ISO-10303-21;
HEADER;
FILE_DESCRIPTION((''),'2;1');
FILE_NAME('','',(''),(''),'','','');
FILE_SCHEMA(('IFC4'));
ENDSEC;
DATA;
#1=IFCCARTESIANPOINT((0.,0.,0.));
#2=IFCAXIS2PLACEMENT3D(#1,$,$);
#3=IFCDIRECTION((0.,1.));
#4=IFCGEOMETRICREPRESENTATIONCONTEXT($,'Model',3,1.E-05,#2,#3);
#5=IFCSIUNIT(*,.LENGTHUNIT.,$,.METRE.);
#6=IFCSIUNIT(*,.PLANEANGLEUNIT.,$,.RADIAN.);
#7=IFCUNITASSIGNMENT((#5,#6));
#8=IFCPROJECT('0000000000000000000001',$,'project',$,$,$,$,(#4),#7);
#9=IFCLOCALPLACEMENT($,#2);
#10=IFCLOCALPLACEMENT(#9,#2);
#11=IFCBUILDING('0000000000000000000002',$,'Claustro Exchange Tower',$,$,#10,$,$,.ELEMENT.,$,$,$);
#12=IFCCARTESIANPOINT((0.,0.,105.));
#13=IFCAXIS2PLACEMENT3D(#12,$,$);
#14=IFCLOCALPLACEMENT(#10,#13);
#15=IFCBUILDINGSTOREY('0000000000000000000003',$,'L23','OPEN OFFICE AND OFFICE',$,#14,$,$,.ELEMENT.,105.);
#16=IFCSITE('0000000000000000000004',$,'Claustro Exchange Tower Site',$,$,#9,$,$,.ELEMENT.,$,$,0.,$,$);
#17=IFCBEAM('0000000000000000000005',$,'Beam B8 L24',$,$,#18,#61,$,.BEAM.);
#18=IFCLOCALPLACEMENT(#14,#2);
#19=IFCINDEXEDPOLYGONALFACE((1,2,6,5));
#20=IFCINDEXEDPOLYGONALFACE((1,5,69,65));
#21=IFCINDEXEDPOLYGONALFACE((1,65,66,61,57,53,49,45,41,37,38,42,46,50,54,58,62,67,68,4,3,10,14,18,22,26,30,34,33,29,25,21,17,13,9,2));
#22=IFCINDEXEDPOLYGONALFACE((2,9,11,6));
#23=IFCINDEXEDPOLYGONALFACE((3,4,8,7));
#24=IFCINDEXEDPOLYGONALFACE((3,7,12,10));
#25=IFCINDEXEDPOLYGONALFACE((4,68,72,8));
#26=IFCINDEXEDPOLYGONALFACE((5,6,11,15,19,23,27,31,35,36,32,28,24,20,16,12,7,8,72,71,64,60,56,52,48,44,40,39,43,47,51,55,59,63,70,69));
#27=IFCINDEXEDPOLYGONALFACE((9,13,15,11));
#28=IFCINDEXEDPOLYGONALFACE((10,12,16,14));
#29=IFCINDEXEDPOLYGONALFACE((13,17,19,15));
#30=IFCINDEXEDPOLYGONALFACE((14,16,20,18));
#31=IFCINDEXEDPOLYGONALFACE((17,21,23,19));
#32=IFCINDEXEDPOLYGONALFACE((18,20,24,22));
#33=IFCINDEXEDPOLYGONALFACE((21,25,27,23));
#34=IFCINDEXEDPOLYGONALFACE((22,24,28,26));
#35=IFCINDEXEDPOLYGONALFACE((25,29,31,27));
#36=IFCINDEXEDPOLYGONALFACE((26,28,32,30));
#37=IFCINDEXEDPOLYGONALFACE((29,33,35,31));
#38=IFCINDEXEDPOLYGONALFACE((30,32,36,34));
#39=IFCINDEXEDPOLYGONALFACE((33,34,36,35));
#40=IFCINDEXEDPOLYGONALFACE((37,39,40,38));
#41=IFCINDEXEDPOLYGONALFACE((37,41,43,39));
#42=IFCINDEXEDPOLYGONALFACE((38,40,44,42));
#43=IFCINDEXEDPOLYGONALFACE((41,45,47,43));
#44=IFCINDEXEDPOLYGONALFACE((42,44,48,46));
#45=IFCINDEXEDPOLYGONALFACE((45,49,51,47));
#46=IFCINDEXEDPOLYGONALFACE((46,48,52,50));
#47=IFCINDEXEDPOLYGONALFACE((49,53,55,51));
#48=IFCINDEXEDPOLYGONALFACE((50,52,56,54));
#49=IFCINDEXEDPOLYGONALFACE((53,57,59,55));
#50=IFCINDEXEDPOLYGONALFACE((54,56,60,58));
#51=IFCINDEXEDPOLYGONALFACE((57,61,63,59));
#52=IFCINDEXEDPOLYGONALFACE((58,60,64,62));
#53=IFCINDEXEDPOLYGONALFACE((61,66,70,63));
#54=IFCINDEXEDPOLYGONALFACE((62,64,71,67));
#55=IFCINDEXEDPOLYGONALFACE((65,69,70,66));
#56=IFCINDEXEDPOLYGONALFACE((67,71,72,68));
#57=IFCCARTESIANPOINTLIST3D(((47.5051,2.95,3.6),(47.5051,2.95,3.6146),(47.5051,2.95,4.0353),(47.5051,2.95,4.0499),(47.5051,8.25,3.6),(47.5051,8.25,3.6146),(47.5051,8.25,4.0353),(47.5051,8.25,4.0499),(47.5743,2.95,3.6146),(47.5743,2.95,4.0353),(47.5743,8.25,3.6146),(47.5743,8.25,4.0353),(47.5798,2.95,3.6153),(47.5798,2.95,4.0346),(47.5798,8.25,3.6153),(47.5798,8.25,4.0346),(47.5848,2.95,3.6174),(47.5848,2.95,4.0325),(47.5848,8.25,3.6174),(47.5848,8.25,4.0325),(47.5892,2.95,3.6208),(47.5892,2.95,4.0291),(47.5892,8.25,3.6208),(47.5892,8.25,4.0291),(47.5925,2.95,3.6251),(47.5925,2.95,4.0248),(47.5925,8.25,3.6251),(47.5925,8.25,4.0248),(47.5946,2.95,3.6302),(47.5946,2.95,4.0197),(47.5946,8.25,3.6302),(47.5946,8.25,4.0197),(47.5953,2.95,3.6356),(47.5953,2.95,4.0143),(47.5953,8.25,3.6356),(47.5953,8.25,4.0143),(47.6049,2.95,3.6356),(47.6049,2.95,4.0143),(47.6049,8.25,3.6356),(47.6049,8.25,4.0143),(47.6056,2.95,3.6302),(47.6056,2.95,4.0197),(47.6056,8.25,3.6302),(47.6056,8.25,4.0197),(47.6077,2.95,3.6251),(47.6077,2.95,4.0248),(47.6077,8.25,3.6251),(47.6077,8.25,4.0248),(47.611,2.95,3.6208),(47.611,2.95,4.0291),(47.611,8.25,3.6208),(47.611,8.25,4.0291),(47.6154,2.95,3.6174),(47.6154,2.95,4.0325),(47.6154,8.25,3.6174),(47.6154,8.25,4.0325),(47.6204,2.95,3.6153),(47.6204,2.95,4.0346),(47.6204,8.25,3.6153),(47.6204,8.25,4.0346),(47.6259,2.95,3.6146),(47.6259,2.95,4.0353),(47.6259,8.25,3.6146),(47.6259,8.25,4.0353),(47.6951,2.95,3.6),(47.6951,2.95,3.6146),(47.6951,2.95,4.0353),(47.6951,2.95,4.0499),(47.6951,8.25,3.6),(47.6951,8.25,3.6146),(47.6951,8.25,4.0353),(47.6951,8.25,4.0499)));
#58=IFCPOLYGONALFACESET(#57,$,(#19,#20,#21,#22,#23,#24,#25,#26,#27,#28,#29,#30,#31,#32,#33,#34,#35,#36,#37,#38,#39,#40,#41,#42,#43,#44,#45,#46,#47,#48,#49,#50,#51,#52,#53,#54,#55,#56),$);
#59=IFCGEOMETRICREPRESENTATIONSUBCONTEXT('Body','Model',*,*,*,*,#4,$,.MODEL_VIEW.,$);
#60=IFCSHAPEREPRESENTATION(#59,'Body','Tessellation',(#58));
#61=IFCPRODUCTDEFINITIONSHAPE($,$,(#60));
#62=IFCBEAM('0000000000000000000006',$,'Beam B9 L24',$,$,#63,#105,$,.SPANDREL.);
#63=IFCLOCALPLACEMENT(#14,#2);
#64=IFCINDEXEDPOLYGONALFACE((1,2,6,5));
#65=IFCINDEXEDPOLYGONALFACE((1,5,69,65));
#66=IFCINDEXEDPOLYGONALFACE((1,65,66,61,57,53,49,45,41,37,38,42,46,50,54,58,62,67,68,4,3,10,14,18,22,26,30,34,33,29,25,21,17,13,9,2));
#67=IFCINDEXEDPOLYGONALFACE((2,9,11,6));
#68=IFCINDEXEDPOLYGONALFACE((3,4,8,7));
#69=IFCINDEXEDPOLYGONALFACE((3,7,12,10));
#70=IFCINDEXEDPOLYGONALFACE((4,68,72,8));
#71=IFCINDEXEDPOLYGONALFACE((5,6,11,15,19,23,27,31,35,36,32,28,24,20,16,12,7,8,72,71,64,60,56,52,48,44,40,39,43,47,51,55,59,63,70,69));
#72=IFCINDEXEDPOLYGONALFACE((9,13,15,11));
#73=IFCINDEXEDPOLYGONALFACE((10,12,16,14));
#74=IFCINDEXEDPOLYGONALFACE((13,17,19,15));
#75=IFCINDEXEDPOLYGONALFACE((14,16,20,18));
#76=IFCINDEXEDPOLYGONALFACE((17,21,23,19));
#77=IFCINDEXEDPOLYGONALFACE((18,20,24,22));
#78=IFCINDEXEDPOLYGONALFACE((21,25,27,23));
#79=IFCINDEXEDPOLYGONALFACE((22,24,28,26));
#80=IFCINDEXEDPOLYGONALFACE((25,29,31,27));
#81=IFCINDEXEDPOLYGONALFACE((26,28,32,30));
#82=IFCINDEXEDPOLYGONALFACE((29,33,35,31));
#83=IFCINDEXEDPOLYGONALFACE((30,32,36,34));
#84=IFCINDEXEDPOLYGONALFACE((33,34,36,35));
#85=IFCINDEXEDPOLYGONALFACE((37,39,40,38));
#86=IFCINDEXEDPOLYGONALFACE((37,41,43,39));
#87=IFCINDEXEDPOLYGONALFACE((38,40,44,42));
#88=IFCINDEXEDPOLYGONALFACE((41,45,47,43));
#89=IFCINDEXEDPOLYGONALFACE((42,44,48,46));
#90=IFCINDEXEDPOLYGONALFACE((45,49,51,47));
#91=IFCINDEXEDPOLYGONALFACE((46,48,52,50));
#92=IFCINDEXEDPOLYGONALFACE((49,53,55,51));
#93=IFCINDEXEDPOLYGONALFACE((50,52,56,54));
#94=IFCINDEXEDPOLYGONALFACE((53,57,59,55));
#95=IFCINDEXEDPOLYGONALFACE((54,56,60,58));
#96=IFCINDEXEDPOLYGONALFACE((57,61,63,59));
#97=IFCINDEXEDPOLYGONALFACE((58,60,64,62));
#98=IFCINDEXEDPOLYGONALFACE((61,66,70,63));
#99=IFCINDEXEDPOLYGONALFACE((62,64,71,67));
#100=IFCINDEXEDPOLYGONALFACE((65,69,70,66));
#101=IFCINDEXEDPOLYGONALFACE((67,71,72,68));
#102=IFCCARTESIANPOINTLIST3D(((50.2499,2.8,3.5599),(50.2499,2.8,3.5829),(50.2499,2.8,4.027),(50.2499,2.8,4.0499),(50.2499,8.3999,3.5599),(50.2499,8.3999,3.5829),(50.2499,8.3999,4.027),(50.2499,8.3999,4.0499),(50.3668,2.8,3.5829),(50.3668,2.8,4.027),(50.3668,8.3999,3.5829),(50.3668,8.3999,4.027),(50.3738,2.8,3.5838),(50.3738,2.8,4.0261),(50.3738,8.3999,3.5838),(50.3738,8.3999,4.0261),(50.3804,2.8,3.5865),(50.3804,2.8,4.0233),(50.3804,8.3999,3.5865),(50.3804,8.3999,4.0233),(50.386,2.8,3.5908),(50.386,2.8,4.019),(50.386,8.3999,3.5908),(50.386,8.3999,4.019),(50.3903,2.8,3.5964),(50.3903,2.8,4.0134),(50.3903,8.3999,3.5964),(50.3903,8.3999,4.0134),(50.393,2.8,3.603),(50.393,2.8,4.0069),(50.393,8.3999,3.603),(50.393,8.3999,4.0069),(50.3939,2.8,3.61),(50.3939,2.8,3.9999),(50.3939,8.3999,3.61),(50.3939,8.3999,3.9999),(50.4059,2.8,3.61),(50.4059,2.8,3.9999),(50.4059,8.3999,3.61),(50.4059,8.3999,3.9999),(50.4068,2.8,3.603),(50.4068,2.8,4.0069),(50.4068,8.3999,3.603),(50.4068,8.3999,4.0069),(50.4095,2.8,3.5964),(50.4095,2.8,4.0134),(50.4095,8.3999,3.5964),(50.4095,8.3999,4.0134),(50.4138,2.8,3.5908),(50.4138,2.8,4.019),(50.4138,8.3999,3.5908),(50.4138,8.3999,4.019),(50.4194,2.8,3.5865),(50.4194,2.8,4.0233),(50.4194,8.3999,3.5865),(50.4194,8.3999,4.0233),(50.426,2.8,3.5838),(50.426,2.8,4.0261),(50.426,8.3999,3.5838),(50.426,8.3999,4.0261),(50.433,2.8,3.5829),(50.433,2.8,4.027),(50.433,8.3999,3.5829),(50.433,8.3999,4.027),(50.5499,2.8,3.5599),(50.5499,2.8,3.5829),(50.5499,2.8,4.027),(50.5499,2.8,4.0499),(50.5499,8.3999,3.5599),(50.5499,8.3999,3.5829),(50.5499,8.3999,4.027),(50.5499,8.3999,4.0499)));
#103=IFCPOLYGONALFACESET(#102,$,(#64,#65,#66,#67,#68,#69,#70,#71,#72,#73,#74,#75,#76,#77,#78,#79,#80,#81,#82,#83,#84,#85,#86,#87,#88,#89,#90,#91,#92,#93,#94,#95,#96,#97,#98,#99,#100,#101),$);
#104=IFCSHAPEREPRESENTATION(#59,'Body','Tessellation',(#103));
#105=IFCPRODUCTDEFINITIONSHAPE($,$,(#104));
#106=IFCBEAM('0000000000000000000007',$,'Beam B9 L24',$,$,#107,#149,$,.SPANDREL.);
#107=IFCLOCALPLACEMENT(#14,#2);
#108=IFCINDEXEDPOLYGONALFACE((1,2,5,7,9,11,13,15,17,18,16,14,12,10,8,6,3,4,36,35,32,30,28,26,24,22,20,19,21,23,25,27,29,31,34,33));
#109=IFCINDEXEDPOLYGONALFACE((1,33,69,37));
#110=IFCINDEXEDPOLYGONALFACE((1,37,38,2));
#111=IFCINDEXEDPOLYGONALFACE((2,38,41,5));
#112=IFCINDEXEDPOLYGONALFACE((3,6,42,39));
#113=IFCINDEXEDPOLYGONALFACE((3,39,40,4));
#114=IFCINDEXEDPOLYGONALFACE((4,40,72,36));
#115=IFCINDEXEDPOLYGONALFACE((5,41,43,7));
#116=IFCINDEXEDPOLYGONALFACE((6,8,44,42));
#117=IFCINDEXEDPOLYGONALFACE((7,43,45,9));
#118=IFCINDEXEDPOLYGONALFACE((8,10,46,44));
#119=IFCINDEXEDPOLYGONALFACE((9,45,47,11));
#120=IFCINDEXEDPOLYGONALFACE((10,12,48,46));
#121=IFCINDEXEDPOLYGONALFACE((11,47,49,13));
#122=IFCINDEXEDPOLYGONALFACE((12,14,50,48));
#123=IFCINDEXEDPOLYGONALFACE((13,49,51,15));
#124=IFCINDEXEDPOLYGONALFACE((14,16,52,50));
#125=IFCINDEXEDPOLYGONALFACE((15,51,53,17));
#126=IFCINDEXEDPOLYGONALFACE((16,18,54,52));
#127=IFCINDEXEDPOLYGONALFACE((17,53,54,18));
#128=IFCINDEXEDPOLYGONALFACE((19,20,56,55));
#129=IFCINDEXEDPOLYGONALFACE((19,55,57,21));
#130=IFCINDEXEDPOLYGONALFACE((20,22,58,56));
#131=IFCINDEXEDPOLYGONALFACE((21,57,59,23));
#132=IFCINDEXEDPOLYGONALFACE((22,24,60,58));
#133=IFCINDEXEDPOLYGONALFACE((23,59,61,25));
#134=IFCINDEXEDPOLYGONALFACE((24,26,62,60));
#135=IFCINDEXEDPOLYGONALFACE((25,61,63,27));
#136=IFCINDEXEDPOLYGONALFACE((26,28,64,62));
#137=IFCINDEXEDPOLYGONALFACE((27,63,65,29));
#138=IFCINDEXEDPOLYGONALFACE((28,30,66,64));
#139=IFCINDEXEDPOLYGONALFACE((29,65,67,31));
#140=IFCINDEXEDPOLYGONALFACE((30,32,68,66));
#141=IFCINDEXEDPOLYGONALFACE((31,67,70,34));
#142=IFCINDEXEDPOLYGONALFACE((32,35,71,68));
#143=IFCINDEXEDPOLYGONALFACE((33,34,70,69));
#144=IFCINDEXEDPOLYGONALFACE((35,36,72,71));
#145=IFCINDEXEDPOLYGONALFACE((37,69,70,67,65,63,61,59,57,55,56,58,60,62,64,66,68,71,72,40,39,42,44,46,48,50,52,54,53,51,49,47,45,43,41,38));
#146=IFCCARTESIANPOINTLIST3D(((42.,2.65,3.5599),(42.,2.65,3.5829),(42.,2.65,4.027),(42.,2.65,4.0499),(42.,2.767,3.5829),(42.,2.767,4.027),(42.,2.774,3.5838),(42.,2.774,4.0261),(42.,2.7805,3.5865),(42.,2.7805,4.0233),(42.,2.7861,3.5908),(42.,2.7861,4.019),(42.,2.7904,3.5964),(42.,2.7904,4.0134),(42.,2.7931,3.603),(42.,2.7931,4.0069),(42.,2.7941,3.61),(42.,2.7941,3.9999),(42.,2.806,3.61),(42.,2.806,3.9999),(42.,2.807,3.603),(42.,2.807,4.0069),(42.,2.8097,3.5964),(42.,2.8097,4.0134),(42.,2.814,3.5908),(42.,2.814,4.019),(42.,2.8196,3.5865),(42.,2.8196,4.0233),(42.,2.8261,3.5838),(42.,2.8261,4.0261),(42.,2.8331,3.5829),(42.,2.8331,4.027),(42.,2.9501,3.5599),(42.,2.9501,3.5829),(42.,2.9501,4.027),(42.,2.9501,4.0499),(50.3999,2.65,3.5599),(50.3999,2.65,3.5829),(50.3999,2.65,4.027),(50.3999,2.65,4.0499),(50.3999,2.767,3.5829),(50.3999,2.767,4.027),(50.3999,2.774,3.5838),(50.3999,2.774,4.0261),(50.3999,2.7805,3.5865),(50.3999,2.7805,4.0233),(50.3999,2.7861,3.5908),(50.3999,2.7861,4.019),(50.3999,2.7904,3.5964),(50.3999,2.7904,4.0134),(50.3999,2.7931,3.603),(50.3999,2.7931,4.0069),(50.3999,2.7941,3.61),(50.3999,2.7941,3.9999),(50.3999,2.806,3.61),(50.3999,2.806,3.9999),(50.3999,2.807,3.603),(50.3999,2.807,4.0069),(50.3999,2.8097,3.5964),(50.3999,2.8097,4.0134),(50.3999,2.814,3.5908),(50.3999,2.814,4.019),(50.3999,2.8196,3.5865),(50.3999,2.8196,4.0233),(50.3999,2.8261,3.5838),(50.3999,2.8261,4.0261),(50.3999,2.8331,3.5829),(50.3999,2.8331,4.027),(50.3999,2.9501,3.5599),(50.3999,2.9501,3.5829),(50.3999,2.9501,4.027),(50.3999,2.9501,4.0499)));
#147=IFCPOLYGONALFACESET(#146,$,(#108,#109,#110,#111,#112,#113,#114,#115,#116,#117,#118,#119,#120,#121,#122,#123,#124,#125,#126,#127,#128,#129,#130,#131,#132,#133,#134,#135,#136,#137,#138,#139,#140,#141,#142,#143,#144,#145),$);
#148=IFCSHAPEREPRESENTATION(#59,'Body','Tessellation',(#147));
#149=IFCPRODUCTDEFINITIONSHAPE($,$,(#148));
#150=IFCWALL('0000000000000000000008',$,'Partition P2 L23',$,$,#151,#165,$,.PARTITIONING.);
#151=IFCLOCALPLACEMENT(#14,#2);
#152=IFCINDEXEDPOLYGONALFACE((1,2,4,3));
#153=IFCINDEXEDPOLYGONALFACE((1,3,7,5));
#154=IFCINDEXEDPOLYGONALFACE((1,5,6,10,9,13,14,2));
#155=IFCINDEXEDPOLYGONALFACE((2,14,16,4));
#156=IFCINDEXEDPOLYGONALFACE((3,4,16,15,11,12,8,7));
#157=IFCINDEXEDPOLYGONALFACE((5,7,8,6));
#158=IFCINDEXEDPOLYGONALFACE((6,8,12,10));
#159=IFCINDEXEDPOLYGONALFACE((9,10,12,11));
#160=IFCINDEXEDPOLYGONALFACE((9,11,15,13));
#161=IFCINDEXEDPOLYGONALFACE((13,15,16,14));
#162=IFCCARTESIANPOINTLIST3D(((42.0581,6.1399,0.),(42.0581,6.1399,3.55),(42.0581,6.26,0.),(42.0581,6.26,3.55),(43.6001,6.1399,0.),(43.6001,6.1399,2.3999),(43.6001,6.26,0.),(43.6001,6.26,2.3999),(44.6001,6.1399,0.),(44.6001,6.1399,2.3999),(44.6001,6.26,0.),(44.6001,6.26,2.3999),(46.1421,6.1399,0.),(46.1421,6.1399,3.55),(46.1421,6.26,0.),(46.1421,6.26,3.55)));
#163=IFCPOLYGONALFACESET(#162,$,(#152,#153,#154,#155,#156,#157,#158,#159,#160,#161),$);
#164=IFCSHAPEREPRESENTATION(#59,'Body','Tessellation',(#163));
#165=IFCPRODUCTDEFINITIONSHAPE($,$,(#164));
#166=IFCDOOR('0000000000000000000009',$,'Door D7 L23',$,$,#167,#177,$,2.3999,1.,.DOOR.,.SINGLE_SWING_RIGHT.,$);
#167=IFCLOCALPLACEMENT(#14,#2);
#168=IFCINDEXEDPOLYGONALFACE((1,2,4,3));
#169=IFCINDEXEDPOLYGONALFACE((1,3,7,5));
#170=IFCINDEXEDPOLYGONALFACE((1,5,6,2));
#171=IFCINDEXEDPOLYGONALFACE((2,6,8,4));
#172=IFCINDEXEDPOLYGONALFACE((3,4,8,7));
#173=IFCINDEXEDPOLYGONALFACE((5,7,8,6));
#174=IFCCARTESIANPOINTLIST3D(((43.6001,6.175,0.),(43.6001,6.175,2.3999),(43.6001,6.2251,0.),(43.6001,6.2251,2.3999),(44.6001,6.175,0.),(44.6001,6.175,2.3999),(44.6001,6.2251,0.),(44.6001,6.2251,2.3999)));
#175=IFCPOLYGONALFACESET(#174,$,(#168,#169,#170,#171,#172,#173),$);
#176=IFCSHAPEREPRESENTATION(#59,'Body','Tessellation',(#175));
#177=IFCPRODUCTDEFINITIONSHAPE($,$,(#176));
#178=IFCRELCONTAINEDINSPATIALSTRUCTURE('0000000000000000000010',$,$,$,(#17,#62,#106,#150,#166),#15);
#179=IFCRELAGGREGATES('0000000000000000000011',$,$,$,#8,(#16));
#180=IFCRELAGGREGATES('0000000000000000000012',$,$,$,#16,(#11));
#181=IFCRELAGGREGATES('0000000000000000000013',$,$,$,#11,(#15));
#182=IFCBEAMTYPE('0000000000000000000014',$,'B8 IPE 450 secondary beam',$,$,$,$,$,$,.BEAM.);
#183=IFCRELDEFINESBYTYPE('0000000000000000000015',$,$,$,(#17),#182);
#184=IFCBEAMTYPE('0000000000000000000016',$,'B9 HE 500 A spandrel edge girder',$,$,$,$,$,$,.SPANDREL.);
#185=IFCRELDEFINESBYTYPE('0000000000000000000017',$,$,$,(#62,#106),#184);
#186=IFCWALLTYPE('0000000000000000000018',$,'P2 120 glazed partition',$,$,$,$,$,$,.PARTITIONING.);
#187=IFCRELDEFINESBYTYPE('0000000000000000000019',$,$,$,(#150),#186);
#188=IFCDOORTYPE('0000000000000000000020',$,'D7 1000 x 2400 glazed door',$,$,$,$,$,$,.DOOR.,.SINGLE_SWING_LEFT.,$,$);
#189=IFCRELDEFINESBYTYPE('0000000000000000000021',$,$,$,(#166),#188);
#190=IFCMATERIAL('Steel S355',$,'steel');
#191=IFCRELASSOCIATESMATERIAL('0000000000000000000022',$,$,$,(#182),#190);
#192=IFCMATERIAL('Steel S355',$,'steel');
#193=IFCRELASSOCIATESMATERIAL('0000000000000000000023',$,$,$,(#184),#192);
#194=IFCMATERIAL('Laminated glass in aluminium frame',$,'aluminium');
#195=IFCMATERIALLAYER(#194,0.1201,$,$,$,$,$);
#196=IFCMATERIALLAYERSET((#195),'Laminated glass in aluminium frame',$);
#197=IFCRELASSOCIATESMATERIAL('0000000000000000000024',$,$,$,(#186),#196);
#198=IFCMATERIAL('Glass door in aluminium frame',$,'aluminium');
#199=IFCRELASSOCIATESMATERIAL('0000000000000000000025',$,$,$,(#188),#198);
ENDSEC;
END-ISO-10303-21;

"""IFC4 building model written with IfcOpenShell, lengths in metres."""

from ifc_helpers import new_model, si_unit, direction, frame, frame_2d, origin, origin_2d, place, context, subcontext, project, spatial, rectangle, i_section, extrude, material, layer, layer_set, material_profile, profile_set, type_object, element, fill, save


model = new_model("IFC4")

# Units and contexts
model_context = context("Model", 3, precision=1e-05, world=origin(), true_north=direction((0.0, 1.0)))
body_context = subcontext(model_context, "Body", "Model", "MODEL_VIEW")
ifc_project = project(units=[si_unit("LENGTHUNIT", "METRE"), si_unit("PLANEANGLEUNIT", "RADIAN")], contexts=[model_context])

# Site, building, storey
site_placement = place(None, origin())
site = spatial("IfcSite", under=ifc_project, at=site_placement, Name="Claustro Exchange Tower Site", CompositionType="ELEMENT", RefElevation=0.0)
building_placement = place(site_placement, origin())
building = spatial("IfcBuilding", under=site, at=building_placement, Name="Claustro Exchange Tower", CompositionType="ELEMENT")
storey_placement = place(building_placement, frame((0.0, 0.0, 105.0)))
storey = spatial("IfcBuildingStorey", under=building, at=storey_placement, Name="L23", Description="OPEN OFFICE AND OFFICE", CompositionType="ELEMENT", Elevation=105.0)

# Beams
ifc_material_1 = material(Name="Steel S355", Category="steel")
ifc_material_profile_1 = material_profile(ifc_material_1, i_section(OverallWidth=0.1899, OverallDepth=0.45, WebThickness=0.0095, FlangeThickness=0.0146, FilletRadius=0.021, at=origin_2d()), Name="IPE 450")
ifc_profile_set_1 = profile_set([ifc_material_profile_1], Name="Steel S355")
beam_type_1 = type_object("IfcBeamType", Name="B8 IPE 450 secondary beam", PredefinedType="BEAM", material=ifc_profile_set_1)
for number, where, z_axis, x_axis, name in (
    (1, (47.6001, 2.95, 3.825), (0.0, 1.0, 0.0), (-1.0, 0.0, 0.0), "Beam B8 L24"),
):
    element("IfcBeam", number, at=place(storey_placement, frame(where, z_axis=z_axis, x_axis=x_axis)), inside=storey, type_object=beam_type_1, Name=name, PredefinedType="BEAM", context=body_context, shape_type="SweptSolid", body=[
        extrude(i_section(OverallWidth=0.1899, OverallDepth=0.45, WebThickness=0.0095, FlangeThickness=0.0146, FilletRadius=0.021, at=origin_2d()), origin(), (0.0, 0.0, 1.0), 5.3),
    ])
ifc_material_2 = material(Name="Steel S355", Category="steel")
ifc_material_profile_2 = material_profile(ifc_material_2, i_section(OverallWidth=0.3, OverallDepth=0.49, WebThickness=0.012, FlangeThickness=0.0229, FilletRadius=0.0271, at=origin_2d()), Name="HE 500 A")
ifc_profile_set_2 = profile_set([ifc_material_profile_2], Name="Steel S355")
beam_type_2 = type_object("IfcBeamType", Name="B9 HE 500 A spandrel edge girder", PredefinedType="SPANDREL", material=ifc_profile_set_2)
beam_1_placement = place(storey_placement, frame((50.3999, 2.8, 3.8049), z_axis=(0.0, 1.0, 0.0), x_axis=(-1.0, 0.0, 0.0)))
element("IfcBeam", 2, at=beam_1_placement, inside=storey, type_object=beam_type_2, Name="Beam B9 L24", PredefinedType="SPANDREL", context=body_context, shape_type="SweptSolid", body=[
    extrude(i_section(OverallWidth=0.3, OverallDepth=0.49, WebThickness=0.012, FlangeThickness=0.0229, FilletRadius=0.0271, at=origin_2d()), origin(), (0.0, 0.0, 1.0), 5.5999),
])
beam_2_placement = place(storey_placement, frame((42.0, 2.8, 3.8049), z_axis=(1.0, 0.0, 0.0), x_axis=(0.0, 1.0, 0.0)))
element("IfcBeam", 3, at=beam_2_placement, inside=storey, type_object=beam_type_2, Name="Beam B9 L24", PredefinedType="SPANDREL", context=body_context, shape_type="SweptSolid", body=[
    extrude(i_section(OverallWidth=0.3, OverallDepth=0.49, WebThickness=0.012, FlangeThickness=0.0229, FilletRadius=0.0271, at=origin_2d()), origin(), (0.0, 0.0, 1.0), 8.3999),
])

# Wall, opening, door
ifc_material_3 = material(Name="Laminated glass in aluminium frame", Category="aluminium")
ifc_layer_1 = layer(ifc_material_3, 0.1201)
ifc_layer_set_1 = layer_set([ifc_layer_1], Name="Laminated glass in aluminium frame")
wall_type_1 = type_object("IfcWallType", Name="P2 120 glazed partition", PredefinedType="PARTITIONING", material=ifc_layer_set_1)
wall_1_placement = place(storey_placement, frame((42.0581, 6.2, 0.0), z_axis=(0.0, 0.0, 1.0), x_axis=(1.0, 0.0, 0.0)))
wall_1 = element("IfcWall", 4, at=wall_1_placement, inside=storey, type_object=wall_type_1, Name="Partition P2 L23", PredefinedType="PARTITIONING", context=body_context, shape_type="SweptSolid", body=[
    extrude(rectangle(XDim=4.084, YDim=0.1201, at=frame_2d((2.042, 0.0))), origin(), (0.0, 0.0, 1.0), 3.55),
])
opening_1_placement = place(wall_1_placement, frame((1.542, 0.0, 0.0)))
opening_1 = element("IfcOpeningElement", 5, at=opening_1_placement, cuts=wall_1, PredefinedType="OPENING", context=body_context, shape_type="SweptSolid", body=[
    extrude(rectangle(XDim=1.0, YDim=2.3999, at=frame_2d((0.5, 1.2))), frame((0.0, 0.0701, 0.0), z_axis=(0.0, -1.0, 0.0), x_axis=(1.0, 0.0, 0.0)), (0.0, 0.0, 1.0), 0.1401),
])
ifc_material_4 = material(Name="Glass door in aluminium frame", Category="aluminium")
door_type = type_object("IfcDoorType", Name="D7 1000 x 2400 glazed door", OperationType="SINGLE_SWING_LEFT", PredefinedType="DOOR", material=ifc_material_4)
door_1_placement = place(opening_1_placement, frame((1.0, 0.0, 0.0), z_axis=(0.0, 0.0, 1.0), x_axis=(-1.0, 0.0, 0.0)))
door_1 = element("IfcDoor", 6, at=door_1_placement, inside=storey, type_object=door_type, Name="Door D7 L23", OperationType="SINGLE_SWING_RIGHT", OverallHeight=2.3999, OverallWidth=1.0, PredefinedType="DOOR", context=body_context, shape_type="SweptSolid", body=[
    extrude(rectangle(XDim=1.0, YDim=2.3999, at=frame_2d((0.5, 1.2))), frame((0.0, 0.0249, 0.0), z_axis=(0.0, -1.0, 0.0), x_axis=(1.0, 0.0, 0.0)), (0.0, 0.0, 1.0), 0.05),
])
fill(opening_1, door_1)

save(model, "model.ifc")
